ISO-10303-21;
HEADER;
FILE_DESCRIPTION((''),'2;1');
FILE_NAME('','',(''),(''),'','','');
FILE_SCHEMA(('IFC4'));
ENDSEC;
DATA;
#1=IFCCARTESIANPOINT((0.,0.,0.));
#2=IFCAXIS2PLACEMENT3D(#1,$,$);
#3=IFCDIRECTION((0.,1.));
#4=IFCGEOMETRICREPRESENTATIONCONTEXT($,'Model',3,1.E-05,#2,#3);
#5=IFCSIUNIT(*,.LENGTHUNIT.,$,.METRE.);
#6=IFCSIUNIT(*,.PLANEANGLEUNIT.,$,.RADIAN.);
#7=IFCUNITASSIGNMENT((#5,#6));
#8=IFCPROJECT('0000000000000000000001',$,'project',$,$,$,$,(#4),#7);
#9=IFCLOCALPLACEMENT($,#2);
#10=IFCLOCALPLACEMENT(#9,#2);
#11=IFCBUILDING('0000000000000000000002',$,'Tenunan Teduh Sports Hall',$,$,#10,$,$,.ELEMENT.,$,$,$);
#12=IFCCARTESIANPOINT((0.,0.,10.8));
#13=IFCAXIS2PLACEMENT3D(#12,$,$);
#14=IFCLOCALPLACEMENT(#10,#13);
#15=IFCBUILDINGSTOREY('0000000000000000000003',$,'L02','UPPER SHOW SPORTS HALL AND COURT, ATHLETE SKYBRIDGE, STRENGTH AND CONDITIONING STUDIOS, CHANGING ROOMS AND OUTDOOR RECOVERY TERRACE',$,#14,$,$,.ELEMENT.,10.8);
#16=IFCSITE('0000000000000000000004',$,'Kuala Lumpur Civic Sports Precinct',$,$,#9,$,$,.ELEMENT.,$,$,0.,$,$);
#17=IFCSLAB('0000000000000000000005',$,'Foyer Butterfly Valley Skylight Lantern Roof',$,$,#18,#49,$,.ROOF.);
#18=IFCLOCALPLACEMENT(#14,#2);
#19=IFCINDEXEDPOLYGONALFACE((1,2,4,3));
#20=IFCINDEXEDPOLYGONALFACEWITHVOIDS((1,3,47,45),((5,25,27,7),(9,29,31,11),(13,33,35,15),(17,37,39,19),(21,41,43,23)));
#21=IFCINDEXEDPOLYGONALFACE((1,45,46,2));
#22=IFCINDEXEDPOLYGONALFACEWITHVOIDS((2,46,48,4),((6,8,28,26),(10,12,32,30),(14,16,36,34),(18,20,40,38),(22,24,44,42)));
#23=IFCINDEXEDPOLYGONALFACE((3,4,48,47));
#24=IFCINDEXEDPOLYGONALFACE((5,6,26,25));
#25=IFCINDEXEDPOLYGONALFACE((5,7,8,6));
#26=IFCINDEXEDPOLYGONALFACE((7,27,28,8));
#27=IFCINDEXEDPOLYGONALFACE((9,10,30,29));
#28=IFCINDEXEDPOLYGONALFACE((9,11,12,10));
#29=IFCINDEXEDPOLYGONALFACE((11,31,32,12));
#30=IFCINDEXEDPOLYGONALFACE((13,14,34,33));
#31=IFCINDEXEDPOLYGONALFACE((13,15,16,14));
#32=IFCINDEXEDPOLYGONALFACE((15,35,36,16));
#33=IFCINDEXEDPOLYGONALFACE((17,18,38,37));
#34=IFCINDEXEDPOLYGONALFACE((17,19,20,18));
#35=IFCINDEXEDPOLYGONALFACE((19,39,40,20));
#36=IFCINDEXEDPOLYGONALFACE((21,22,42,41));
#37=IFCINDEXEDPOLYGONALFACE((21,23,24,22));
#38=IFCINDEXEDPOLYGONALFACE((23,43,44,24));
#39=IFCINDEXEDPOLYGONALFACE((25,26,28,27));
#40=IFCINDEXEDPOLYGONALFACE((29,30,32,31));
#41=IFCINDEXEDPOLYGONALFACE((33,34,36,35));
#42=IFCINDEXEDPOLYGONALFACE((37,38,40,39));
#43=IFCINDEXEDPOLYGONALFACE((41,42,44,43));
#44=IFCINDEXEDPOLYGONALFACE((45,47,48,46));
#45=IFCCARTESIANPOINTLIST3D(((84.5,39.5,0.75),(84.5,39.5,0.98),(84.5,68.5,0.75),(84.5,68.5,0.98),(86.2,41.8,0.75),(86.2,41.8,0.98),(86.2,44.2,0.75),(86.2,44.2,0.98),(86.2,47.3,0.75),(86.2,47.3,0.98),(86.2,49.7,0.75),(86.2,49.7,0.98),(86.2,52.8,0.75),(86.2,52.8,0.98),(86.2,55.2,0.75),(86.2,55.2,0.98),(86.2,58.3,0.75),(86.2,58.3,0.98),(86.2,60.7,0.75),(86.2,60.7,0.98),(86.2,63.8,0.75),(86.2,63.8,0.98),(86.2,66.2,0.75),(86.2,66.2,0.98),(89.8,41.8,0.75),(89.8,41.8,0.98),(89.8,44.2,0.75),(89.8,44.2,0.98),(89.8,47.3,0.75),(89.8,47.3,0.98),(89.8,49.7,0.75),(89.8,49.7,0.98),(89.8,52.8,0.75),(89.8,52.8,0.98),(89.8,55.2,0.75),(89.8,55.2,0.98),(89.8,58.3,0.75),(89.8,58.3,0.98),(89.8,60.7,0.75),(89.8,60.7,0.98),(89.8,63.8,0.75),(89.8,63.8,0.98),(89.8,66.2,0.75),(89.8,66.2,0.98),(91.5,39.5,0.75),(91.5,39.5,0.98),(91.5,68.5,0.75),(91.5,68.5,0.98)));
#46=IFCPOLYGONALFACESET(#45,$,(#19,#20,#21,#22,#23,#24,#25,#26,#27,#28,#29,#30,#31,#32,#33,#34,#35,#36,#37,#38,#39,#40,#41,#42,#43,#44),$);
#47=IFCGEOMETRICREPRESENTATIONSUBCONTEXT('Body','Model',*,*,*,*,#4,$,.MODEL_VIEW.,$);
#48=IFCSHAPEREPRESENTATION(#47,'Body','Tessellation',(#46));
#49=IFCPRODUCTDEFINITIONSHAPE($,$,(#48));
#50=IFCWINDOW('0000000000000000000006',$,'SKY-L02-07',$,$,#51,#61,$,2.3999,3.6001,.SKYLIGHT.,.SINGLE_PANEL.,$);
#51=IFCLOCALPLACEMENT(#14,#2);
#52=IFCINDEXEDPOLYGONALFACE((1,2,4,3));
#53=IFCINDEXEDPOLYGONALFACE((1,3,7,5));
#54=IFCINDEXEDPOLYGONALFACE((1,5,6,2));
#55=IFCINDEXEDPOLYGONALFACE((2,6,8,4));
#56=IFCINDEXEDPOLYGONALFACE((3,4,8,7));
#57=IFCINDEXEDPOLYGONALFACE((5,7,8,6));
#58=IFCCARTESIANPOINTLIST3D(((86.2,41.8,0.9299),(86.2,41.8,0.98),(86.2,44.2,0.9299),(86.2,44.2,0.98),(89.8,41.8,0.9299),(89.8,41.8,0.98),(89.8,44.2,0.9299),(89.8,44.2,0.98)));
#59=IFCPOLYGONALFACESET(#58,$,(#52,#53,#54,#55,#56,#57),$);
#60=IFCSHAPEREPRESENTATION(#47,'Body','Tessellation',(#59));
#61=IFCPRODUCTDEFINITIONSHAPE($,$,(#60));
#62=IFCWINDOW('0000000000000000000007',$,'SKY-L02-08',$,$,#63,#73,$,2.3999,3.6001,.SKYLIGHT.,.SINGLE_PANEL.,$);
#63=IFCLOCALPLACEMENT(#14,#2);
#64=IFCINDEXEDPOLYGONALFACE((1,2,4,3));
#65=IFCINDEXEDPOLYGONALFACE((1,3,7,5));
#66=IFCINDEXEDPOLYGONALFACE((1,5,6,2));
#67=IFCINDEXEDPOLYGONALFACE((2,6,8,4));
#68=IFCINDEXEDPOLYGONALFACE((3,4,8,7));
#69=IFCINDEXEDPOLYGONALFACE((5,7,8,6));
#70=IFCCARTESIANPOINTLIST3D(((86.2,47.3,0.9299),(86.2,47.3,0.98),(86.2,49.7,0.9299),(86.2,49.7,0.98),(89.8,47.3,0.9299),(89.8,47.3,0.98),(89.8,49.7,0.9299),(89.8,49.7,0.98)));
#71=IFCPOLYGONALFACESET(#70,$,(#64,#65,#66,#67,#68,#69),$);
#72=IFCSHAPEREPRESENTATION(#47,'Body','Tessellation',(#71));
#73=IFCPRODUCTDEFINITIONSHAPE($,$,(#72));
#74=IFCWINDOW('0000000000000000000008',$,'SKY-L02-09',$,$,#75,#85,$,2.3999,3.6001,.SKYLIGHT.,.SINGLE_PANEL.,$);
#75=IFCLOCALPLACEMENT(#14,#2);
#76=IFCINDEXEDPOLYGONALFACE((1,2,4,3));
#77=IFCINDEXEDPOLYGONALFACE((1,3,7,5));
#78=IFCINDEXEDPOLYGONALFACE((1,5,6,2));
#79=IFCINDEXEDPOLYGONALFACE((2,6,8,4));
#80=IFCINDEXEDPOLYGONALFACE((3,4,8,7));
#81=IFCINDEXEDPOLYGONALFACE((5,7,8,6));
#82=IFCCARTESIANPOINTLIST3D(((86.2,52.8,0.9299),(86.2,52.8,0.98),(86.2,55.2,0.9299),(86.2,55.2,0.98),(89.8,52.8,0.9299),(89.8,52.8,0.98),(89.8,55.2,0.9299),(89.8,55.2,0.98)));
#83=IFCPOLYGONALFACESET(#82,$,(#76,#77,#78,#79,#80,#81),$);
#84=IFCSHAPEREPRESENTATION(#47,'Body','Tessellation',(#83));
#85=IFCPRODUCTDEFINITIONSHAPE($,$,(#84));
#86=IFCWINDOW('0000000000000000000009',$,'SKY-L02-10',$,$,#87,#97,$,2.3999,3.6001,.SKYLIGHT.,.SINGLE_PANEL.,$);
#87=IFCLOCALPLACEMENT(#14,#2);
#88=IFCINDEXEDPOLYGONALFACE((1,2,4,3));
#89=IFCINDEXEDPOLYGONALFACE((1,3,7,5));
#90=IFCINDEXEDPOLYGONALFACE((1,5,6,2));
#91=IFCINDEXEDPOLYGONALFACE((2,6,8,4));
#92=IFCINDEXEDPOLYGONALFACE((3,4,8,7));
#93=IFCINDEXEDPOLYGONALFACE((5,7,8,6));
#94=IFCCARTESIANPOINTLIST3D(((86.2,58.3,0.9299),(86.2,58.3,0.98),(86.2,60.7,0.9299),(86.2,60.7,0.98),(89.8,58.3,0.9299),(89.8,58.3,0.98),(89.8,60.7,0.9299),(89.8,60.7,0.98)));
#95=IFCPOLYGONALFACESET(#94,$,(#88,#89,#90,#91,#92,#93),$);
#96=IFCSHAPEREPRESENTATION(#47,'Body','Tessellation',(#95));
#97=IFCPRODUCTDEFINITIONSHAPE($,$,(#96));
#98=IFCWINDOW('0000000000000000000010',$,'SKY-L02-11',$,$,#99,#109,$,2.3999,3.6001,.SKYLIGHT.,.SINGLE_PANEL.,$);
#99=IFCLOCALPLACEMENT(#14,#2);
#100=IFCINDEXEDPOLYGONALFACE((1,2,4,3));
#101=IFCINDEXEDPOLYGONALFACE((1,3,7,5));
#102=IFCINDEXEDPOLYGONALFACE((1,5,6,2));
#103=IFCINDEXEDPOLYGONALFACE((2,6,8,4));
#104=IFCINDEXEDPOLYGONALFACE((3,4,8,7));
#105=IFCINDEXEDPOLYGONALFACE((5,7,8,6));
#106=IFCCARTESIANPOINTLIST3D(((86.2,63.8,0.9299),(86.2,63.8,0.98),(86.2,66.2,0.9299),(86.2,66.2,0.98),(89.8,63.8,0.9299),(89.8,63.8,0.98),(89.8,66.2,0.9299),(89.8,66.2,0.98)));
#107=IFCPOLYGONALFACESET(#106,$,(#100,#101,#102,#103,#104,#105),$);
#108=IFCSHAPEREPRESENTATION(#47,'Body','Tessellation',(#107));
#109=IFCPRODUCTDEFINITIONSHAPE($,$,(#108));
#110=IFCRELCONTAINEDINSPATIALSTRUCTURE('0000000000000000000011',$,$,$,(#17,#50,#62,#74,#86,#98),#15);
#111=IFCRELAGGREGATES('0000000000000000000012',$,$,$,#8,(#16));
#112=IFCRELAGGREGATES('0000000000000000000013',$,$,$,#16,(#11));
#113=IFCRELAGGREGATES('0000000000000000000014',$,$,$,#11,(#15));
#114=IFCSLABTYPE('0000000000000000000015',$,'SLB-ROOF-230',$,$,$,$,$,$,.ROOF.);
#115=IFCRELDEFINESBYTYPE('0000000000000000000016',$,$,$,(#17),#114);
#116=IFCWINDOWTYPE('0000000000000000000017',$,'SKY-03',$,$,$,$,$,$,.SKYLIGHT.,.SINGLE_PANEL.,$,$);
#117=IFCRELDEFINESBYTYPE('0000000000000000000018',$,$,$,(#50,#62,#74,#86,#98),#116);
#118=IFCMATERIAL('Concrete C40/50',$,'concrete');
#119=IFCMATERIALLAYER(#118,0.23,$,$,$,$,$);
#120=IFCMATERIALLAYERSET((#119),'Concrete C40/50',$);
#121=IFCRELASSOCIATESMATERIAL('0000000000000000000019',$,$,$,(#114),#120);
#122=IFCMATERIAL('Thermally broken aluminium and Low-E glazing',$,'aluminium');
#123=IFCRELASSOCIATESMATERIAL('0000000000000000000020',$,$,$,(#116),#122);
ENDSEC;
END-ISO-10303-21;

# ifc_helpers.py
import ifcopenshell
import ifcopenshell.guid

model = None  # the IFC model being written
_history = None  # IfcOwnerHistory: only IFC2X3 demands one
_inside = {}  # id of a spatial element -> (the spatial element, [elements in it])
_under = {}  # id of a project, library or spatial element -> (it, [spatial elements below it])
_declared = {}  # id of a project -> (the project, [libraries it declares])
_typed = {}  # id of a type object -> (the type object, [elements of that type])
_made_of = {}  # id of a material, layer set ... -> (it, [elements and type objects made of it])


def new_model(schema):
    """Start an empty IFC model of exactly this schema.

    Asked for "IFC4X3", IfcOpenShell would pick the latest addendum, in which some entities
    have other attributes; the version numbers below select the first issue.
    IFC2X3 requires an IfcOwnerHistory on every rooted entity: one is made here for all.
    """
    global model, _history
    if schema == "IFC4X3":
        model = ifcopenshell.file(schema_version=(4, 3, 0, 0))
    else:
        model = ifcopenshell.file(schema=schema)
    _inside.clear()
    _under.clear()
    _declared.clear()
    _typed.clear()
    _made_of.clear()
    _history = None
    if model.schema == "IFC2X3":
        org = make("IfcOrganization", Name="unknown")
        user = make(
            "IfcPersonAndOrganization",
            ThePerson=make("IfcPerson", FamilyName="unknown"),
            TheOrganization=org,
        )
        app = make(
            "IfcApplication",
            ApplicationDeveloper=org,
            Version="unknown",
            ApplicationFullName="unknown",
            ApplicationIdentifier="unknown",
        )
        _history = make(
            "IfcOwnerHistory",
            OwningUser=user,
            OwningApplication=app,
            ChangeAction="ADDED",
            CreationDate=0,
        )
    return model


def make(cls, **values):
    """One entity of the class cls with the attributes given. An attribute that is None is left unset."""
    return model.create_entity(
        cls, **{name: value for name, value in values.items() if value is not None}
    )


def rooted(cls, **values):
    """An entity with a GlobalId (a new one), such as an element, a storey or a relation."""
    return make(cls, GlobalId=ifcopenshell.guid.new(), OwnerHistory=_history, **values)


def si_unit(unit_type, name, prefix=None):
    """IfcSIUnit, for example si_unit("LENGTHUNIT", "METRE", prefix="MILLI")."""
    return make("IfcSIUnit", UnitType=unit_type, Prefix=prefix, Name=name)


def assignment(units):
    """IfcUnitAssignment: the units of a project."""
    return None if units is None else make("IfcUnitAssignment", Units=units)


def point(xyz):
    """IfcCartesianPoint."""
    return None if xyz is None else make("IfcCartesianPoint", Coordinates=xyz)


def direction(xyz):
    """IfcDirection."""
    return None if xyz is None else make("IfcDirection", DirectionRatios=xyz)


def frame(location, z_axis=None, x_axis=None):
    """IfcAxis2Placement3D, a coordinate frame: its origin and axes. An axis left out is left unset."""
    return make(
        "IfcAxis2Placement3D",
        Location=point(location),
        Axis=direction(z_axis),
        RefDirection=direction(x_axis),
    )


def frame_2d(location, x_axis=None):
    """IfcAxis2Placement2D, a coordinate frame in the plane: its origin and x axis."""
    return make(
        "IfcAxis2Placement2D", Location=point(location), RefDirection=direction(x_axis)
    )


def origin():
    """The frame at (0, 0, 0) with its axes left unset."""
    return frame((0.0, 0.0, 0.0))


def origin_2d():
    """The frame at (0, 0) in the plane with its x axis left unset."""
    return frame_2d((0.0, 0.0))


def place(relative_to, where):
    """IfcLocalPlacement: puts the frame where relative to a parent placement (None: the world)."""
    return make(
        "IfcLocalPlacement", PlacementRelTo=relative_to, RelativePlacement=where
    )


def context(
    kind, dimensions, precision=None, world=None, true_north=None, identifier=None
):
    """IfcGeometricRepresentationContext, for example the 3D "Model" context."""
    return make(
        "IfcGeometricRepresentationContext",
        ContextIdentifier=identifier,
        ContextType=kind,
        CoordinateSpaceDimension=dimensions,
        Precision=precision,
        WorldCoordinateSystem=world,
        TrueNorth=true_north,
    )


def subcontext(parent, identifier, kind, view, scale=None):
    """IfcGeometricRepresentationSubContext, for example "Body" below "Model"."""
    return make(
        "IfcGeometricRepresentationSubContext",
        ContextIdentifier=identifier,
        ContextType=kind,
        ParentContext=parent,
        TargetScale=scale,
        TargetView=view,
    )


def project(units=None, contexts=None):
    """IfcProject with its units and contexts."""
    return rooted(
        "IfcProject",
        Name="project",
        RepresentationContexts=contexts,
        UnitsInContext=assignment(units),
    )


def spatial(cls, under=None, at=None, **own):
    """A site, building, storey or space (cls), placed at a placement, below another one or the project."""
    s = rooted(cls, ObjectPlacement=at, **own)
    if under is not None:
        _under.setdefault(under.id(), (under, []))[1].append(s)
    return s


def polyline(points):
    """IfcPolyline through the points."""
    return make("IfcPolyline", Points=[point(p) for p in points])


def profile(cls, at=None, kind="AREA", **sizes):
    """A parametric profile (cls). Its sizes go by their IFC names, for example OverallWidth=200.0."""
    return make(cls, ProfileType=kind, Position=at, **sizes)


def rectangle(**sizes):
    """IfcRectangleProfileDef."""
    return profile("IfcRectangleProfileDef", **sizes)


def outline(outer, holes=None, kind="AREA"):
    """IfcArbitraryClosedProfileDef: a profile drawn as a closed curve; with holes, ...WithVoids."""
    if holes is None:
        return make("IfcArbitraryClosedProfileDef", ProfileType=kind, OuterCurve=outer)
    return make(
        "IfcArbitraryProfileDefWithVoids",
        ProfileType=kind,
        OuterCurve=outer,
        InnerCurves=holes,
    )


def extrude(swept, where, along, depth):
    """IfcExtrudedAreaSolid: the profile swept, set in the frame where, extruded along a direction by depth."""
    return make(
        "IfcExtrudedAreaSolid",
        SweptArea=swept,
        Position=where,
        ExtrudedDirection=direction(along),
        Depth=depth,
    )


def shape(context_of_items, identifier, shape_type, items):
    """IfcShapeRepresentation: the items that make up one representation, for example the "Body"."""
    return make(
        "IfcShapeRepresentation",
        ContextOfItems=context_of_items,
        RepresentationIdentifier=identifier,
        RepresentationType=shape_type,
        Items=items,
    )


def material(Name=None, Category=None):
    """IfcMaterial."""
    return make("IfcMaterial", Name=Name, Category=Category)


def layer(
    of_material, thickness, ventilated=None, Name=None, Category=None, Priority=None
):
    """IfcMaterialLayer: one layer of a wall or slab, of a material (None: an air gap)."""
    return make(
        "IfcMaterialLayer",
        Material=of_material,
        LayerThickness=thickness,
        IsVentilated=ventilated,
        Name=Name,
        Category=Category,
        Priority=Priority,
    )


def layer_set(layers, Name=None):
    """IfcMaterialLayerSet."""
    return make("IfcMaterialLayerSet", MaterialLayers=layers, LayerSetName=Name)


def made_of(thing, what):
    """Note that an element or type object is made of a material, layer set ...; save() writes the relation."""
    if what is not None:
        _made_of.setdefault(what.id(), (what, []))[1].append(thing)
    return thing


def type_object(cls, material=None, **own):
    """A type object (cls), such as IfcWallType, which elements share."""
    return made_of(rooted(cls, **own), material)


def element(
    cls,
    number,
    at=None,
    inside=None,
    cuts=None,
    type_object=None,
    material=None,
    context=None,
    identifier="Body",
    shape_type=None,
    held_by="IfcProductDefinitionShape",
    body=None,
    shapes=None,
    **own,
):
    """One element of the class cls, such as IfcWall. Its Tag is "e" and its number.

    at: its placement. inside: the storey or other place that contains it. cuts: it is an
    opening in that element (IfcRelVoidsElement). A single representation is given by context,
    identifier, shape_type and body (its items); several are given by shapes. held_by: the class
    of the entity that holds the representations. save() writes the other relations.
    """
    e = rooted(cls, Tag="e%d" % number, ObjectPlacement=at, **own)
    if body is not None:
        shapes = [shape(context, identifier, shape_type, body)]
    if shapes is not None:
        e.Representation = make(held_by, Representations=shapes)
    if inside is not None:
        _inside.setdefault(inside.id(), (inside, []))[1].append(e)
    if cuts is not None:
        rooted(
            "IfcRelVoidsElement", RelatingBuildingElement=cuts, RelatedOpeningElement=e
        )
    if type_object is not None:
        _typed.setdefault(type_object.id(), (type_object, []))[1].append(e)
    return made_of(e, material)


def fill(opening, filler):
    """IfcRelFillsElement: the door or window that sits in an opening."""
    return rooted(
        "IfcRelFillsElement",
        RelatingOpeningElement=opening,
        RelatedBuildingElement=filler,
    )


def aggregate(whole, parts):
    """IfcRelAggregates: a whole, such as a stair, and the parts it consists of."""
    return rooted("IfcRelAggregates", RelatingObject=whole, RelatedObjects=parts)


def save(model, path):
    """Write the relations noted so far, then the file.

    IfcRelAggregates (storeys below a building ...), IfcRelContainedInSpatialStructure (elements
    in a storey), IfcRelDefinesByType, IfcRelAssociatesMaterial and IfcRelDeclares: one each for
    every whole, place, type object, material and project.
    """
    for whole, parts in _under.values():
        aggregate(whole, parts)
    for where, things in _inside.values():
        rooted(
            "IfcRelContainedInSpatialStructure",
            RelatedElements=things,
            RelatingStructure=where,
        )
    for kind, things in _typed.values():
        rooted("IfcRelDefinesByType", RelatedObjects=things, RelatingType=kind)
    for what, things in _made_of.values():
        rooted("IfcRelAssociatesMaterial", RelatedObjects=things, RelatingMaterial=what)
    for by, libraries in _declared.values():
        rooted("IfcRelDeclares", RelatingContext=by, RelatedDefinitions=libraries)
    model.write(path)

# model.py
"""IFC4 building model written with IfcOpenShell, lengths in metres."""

from ifc_helpers import new_model, si_unit, direction, frame, origin, origin_2d, place, context, subcontext, project, spatial, polyline, rectangle, outline, extrude, material, layer, layer_set, type_object, element, fill, save


model = new_model("IFC4")

# Units and contexts
model_context = context("Model", 3, precision=1e-05, world=origin(), true_north=direction((0.0, 1.0)))
body_context = subcontext(model_context, "Body", "Model", "MODEL_VIEW")
ifc_project = project(units=[si_unit("LENGTHUNIT", "METRE"), si_unit("PLANEANGLEUNIT", "RADIAN")], contexts=[model_context])

# Site, building, storey
site_placement = place(None, origin())
site = spatial("IfcSite", under=ifc_project, at=site_placement, Name="Kuala Lumpur Civic Sports Precinct", CompositionType="ELEMENT", RefElevation=0.0)
building_placement = place(site_placement, origin())
building = spatial("IfcBuilding", under=site, at=building_placement, Name="Tenunan Teduh Sports Hall", CompositionType="ELEMENT")
storey_placement = place(building_placement, frame((0.0, 0.0, 10.8)))
storey = spatial("IfcBuildingStorey", under=building, at=storey_placement, Name="L02", Description="UPPER SHOW SPORTS HALL AND COURT, ATHLETE SKYBRIDGE, STRENGTH AND CONDITIONING STUDIOS, CHANGING ROOMS AND OUTDOOR RECOVERY TERRACE", CompositionType="ELEMENT", Elevation=10.8)

# Slab, openings, windows
ifc_material_1 = material(Name="Concrete C40/50", Category="concrete")
ifc_layer_1 = layer(ifc_material_1, 0.23)
ifc_layer_set_1 = layer_set([ifc_layer_1], Name="Concrete C40/50")
slab_type_1 = type_object("IfcSlabType", Name="SLB-ROOF-230", PredefinedType="ROOF", material=ifc_layer_set_1)
slab_1_placement = place(storey_placement, frame((0.0, 0.0, 0.75)))
slab_1 = element("IfcSlab", 1, at=slab_1_placement, inside=storey, type_object=slab_type_1, Name="Foyer Butterfly Valley Skylight Lantern Roof", PredefinedType="ROOF", context=body_context, shape_type="SweptSolid", body=[
    extrude(outline(polyline([(84.5, 39.5), (91.5, 39.5), (91.5, 68.5), (84.5, 68.5), (84.5, 39.5)])), origin(), (0.0, 0.0, 1.0), 0.23),
])
opening_1_placement = place(slab_1_placement, frame((88.0, 43.0, 0.0)))
opening_1 = element("IfcOpeningElement", 2, at=opening_1_placement, cuts=slab_1, PredefinedType="OPENING", context=body_context, shape_type="SweptSolid", body=[
    extrude(rectangle(XDim=3.6001, YDim=2.3999, at=origin_2d()), origin(), (0.0, 0.0, 1.0), 0.23),
])
opening_2_placement = place(slab_1_placement, frame((88.0, 48.5, 0.0)))
opening_2 = element("IfcOpeningElement", 3, at=opening_2_placement, cuts=slab_1, PredefinedType="OPENING", context=body_context, shape_type="SweptSolid", body=[
    extrude(rectangle(XDim=3.6001, YDim=2.3999, at=origin_2d()), origin(), (0.0, 0.0, 1.0), 0.23),
])
opening_3_placement = place(slab_1_placement, frame((88.0, 54.0, 0.0)))
opening_3 = element("IfcOpeningElement", 4, at=opening_3_placement, cuts=slab_1, PredefinedType="OPENING", context=body_context, shape_type="SweptSolid", body=[
    extrude(rectangle(XDim=3.6001, YDim=2.3999, at=origin_2d()), origin(), (0.0, 0.0, 1.0), 0.23),
])
opening_4_placement = place(slab_1_placement, frame((88.0, 59.5, 0.0)))
opening_4 = element("IfcOpeningElement", 5, at=opening_4_placement, cuts=slab_1, PredefinedType="OPENING", context=body_context, shape_type="SweptSolid", body=[
    extrude(rectangle(XDim=3.6001, YDim=2.3999, at=origin_2d()), origin(), (0.0, 0.0, 1.0), 0.23),
])
opening_5_placement = place(slab_1_placement, frame((88.0, 65.0, 0.0)))
opening_5 = element("IfcOpeningElement", 6, at=opening_5_placement, cuts=slab_1, PredefinedType="OPENING", context=body_context, shape_type="SweptSolid", body=[
    extrude(rectangle(XDim=3.6001, YDim=2.3999, at=origin_2d()), origin(), (0.0, 0.0, 1.0), 0.23),
])
ifc_material_2 = material(Name="Thermally broken aluminium and Low-E glazing", Category="aluminium")
window_type_1 = type_object("IfcWindowType", Name="SKY-03", PartitioningType="SINGLE_PANEL", PredefinedType="SKYLIGHT", material=ifc_material_2)
window_1_placement = place(opening_1_placement, frame((0.0, 0.0, 0.1799)))
window_1 = element("IfcWindow", 7, at=window_1_placement, inside=storey, type_object=window_type_1, Name="SKY-L02-07", OverallHeight=2.3999, OverallWidth=3.6001, PartitioningType="SINGLE_PANEL", PredefinedType="SKYLIGHT", context=body_context, shape_type="SweptSolid", body=[
    extrude(rectangle(XDim=3.6001, YDim=2.3999, at=origin_2d()), origin(), (0.0, 0.0, 1.0), 0.05),
])
fill(opening_1, window_1)
window_2_placement = place(opening_2_placement, frame((0.0, 0.0, 0.1799)))
window_2 = element("IfcWindow", 8, at=window_2_placement, inside=storey, type_object=window_type_1, Name="SKY-L02-08", OverallHeight=2.3999, OverallWidth=3.6001, PartitioningType="SINGLE_PANEL", PredefinedType="SKYLIGHT", context=body_context, shape_type="SweptSolid", body=[
    extrude(rectangle(XDim=3.6001, YDim=2.3999, at=origin_2d()), origin(), (0.0, 0.0, 1.0), 0.05),
])
fill(opening_2, window_2)
window_3_placement = place(opening_3_placement, frame((0.0, 0.0, 0.1799)))
window_3 = element("IfcWindow", 9, at=window_3_placement, inside=storey, type_object=window_type_1, Name="SKY-L02-09", OverallHeight=2.3999, OverallWidth=3.6001, PartitioningType="SINGLE_PANEL", PredefinedType="SKYLIGHT", context=body_context, shape_type="SweptSolid", body=[
    extrude(rectangle(XDim=3.6001, YDim=2.3999, at=origin_2d()), origin(), (0.0, 0.0, 1.0), 0.05),
])
fill(opening_3, window_3)
window_4_placement = place(opening_4_placement, frame((0.0, 0.0, 0.1799)))
window_4 = element("IfcWindow", 10, at=window_4_placement, inside=storey, type_object=window_type_1, Name="SKY-L02-10", OverallHeight=2.3999, OverallWidth=3.6001, PartitioningType="SINGLE_PANEL", PredefinedType="SKYLIGHT", context=body_context, shape_type="SweptSolid", body=[
    extrude(rectangle(XDim=3.6001, YDim=2.3999, at=origin_2d()), origin(), (0.0, 0.0, 1.0), 0.05),
])
fill(opening_4, window_4)
window_5_placement = place(opening_5_placement, frame((0.0, 0.0, 0.1799)))
window_5 = element("IfcWindow", 11, at=window_5_placement, inside=storey, type_object=window_type_1, Name="SKY-L02-11", OverallHeight=2.3999, OverallWidth=3.6001, PartitioningType="SINGLE_PANEL", PredefinedType="SKYLIGHT", context=body_context, shape_type="SweptSolid", body=[
    extrude(rectangle(XDim=3.6001, YDim=2.3999, at=origin_2d()), origin(), (0.0, 0.0, 1.0), 0.05),
])
fill(opening_5, window_5)

save(model, "model.ifc")
